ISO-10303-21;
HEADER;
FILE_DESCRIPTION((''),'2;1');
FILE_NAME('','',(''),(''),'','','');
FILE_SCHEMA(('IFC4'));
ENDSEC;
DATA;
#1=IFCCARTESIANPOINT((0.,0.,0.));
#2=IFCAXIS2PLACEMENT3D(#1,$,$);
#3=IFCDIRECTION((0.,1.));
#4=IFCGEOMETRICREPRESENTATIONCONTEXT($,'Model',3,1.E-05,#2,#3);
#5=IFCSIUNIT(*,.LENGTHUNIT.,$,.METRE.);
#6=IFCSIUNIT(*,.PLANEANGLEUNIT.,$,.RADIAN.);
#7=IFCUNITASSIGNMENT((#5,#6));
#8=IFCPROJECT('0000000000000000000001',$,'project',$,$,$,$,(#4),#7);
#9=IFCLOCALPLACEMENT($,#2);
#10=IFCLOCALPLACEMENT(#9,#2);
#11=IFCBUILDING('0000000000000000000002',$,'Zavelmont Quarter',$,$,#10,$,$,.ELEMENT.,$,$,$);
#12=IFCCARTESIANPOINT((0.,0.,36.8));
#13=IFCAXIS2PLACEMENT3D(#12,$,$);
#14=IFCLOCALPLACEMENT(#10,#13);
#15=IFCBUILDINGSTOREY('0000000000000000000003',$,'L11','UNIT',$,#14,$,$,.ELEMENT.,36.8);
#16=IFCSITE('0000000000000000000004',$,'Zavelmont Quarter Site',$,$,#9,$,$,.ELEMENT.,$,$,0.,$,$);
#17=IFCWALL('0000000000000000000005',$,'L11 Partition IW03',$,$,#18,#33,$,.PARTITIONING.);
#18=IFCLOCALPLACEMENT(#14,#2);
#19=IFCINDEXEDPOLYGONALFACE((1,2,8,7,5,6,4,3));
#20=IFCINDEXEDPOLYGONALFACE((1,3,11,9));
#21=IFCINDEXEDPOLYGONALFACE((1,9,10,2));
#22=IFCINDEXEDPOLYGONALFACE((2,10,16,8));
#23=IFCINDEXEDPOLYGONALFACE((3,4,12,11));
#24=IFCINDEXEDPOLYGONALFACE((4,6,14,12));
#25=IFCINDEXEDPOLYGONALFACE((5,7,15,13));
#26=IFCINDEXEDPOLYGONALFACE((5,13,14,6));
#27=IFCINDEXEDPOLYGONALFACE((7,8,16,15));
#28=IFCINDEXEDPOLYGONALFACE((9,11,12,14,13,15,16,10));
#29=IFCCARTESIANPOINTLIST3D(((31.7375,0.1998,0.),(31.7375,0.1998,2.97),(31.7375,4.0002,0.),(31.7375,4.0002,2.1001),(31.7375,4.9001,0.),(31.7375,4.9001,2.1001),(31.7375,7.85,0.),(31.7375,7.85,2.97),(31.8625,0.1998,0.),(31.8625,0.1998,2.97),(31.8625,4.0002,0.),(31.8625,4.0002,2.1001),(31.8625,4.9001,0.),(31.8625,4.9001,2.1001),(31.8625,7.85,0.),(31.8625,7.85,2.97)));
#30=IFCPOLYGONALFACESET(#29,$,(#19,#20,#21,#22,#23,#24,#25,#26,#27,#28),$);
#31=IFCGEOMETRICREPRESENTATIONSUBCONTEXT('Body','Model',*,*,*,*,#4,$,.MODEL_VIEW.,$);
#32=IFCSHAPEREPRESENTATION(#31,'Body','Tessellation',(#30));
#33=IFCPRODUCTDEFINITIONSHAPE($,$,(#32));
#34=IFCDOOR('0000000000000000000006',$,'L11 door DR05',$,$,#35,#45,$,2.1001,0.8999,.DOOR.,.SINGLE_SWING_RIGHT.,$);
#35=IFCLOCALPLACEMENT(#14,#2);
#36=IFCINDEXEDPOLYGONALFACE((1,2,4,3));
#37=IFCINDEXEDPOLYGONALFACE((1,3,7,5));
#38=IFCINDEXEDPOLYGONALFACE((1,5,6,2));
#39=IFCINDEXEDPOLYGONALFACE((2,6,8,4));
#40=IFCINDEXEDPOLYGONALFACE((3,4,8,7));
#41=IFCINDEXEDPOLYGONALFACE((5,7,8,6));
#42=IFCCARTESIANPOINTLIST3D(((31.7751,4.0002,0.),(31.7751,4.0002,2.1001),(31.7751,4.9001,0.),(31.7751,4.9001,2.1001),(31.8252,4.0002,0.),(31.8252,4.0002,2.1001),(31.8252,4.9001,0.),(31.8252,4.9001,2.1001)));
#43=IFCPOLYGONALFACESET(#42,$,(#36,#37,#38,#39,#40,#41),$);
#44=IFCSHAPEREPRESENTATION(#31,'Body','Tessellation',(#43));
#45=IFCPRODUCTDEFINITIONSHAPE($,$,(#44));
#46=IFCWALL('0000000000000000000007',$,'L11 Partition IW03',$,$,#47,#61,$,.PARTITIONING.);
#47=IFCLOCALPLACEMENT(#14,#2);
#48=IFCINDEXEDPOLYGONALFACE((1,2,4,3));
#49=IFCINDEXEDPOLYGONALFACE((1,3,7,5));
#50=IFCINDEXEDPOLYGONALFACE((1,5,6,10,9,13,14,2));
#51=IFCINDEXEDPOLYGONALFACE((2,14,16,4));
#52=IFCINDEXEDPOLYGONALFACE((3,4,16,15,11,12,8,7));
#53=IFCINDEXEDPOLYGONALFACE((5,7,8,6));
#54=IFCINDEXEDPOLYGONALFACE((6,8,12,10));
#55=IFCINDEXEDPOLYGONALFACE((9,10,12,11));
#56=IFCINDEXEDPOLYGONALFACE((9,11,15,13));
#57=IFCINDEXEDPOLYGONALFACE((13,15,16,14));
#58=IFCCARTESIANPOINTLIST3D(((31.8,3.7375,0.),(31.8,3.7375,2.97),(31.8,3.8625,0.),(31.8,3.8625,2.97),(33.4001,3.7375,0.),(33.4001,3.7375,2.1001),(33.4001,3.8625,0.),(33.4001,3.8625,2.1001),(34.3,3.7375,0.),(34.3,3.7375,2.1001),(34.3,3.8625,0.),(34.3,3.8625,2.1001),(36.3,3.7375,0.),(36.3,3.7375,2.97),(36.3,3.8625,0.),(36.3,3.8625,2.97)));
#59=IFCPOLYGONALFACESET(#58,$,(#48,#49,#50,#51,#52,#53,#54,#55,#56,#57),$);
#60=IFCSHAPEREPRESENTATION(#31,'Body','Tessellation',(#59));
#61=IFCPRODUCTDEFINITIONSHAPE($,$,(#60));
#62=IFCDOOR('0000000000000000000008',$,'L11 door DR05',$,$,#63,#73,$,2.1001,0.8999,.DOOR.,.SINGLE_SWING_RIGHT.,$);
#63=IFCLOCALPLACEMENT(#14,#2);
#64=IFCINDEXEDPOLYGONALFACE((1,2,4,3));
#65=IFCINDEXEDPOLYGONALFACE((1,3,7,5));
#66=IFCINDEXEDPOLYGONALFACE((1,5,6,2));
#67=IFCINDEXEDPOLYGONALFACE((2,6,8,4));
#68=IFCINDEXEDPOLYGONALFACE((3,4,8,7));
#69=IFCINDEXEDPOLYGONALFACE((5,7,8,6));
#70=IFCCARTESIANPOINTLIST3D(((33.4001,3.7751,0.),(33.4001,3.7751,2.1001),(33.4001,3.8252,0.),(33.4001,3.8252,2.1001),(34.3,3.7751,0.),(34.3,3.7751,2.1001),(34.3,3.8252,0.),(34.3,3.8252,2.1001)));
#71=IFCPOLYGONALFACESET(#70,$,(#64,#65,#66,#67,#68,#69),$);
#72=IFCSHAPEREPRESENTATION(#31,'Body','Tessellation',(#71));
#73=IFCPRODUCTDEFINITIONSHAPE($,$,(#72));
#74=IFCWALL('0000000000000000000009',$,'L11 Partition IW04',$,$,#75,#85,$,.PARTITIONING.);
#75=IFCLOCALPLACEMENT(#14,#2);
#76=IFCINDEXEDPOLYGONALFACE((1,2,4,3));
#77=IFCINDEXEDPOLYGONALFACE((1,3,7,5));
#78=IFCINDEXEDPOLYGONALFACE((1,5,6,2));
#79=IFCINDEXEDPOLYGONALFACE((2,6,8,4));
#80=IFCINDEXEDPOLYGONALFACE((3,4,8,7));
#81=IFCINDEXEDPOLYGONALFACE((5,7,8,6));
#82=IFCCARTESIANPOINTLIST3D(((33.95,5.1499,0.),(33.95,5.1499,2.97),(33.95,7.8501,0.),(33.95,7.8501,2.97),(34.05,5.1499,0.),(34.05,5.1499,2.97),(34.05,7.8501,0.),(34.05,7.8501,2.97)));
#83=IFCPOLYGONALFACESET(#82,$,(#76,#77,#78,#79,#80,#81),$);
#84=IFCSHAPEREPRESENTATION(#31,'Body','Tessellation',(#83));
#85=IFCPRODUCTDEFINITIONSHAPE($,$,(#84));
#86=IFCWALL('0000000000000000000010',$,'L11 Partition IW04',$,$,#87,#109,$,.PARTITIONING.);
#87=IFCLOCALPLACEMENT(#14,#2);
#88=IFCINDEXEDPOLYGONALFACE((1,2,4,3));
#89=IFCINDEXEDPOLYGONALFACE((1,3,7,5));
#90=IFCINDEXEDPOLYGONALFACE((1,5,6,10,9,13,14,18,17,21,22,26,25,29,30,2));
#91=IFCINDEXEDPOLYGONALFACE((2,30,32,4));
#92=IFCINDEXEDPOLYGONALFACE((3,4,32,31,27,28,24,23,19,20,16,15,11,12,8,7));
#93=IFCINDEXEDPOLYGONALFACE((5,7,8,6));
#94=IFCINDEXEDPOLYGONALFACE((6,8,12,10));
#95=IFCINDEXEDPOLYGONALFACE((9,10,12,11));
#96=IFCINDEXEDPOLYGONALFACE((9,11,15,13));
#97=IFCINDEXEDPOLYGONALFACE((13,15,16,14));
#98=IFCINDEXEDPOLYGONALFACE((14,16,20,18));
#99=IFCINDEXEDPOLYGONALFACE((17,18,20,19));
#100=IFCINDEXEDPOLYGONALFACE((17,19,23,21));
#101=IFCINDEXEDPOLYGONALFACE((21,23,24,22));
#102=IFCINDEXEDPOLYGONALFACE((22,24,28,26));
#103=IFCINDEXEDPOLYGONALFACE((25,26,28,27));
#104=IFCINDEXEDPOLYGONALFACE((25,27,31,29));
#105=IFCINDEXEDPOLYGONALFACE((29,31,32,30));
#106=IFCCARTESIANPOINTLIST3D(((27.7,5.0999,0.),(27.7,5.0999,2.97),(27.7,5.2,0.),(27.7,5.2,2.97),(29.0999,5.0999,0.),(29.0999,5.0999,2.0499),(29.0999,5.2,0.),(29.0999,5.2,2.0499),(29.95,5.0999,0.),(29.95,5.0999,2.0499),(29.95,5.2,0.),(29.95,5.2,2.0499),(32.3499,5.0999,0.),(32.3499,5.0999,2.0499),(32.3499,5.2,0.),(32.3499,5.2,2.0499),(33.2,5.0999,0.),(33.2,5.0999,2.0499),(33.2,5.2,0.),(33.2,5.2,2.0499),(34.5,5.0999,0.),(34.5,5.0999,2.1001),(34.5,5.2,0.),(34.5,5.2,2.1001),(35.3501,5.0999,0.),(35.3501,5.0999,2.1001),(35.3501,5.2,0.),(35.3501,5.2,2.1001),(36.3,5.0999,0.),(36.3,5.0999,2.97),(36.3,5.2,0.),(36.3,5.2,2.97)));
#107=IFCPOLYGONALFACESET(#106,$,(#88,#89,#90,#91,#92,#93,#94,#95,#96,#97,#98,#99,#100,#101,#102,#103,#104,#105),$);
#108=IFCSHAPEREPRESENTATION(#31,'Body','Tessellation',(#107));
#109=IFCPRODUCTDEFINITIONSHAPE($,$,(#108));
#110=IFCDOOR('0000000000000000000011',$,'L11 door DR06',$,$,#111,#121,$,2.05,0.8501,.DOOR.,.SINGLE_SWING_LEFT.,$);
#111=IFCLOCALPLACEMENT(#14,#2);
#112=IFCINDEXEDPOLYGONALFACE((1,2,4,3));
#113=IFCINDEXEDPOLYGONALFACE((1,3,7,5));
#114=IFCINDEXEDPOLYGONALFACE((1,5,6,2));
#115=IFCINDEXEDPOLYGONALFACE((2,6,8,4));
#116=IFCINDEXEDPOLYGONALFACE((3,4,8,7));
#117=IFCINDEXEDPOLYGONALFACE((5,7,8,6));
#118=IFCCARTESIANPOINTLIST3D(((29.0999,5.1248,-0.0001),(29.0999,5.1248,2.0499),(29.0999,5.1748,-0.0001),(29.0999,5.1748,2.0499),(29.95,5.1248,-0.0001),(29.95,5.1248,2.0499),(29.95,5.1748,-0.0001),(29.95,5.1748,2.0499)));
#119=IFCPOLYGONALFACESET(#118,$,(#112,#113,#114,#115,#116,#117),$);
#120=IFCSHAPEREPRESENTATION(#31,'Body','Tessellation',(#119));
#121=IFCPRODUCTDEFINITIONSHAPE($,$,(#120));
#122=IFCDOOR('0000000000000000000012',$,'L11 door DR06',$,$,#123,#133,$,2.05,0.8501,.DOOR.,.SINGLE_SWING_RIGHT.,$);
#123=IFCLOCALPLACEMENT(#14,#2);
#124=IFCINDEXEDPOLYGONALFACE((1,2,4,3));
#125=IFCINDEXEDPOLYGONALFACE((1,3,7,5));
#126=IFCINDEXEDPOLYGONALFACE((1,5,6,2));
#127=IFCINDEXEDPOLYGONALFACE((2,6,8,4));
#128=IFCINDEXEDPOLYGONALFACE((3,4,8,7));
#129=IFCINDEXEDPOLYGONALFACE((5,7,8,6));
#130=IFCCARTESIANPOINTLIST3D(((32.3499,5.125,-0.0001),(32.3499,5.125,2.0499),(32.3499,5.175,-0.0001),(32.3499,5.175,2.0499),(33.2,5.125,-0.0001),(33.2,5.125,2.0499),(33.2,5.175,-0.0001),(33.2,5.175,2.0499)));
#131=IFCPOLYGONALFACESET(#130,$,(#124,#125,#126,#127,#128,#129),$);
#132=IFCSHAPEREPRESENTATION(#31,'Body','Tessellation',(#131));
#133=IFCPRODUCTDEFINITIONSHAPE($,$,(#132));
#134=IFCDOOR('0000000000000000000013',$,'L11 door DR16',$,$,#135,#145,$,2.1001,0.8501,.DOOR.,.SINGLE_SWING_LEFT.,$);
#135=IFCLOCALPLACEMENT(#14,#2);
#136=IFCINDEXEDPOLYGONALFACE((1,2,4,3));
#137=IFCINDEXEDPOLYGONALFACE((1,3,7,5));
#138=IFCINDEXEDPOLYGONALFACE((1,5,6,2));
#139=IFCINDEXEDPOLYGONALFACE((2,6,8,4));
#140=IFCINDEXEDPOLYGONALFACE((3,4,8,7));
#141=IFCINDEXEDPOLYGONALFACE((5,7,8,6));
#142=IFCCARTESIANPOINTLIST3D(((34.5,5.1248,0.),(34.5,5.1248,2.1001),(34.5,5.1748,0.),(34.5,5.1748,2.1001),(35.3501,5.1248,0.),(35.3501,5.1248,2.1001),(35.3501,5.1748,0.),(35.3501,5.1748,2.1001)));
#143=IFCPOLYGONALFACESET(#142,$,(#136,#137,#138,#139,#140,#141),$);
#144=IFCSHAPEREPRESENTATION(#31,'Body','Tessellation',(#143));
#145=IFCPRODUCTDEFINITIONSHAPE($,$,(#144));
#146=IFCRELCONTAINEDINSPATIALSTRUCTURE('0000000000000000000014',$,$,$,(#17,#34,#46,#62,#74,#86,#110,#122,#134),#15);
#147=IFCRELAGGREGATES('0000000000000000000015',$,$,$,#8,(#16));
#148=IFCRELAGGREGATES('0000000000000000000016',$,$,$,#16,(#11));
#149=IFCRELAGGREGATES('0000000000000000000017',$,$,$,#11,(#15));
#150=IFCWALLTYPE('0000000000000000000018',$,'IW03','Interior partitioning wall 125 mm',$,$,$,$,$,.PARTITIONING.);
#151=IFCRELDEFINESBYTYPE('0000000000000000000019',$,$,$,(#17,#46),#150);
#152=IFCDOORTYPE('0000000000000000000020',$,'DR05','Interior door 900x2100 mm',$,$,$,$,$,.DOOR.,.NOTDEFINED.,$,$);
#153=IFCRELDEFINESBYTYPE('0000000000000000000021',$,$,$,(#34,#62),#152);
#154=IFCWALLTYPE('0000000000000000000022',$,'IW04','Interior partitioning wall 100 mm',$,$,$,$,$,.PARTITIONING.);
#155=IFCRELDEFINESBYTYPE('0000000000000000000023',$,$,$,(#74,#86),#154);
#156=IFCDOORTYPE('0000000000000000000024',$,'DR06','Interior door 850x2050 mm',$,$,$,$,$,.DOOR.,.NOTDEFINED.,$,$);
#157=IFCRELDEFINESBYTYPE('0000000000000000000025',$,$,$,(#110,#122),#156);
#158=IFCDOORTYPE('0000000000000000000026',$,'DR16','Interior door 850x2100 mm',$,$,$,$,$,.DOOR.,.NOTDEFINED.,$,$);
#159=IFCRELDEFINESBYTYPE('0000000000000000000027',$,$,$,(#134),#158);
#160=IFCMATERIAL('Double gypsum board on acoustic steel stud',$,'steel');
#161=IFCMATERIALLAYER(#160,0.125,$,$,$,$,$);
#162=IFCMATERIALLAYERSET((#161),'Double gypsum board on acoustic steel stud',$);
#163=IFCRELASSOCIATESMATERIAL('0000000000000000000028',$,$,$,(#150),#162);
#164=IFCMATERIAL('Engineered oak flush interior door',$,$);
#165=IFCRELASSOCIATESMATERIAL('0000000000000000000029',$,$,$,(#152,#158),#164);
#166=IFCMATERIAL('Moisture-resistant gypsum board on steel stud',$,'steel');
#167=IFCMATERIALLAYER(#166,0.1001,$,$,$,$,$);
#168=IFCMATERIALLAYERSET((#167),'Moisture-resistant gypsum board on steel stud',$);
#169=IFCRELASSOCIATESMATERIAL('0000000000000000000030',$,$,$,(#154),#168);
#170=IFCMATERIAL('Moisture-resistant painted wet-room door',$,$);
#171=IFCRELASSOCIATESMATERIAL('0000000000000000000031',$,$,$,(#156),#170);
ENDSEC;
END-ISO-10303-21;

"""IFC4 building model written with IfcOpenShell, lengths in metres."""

from ifc_helpers import new_model, si_unit, direction, frame, frame_2d, origin, origin_with_axes, place, context, subcontext, project, spatial, rectangle, extrude, material, layer, layer_set, type_object, element, fill, save


model = new_model("IFC4")

# Units and contexts
model_context = context("Model", 3, precision=1e-05, world=origin(), true_north=direction((0.0, 1.0)))
body_context = subcontext(model_context, "Body", "Model", "MODEL_VIEW")
ifc_project = project(units=[si_unit("LENGTHUNIT", "METRE"), si_unit("PLANEANGLEUNIT", "RADIAN")], contexts=[model_context])

# Site, building, storey
site_placement = place(None, origin())
site = spatial("IfcSite", under=ifc_project, at=site_placement, Name="Zavelmont Quarter Site", CompositionType="ELEMENT", RefElevation=0.0)
building_placement = place(site_placement, origin())
building = spatial("IfcBuilding", under=site, at=building_placement, Name="Zavelmont Quarter", CompositionType="ELEMENT")
storey_placement = place(building_placement, frame((0.0, 0.0, 36.8)))
storey = spatial("IfcBuildingStorey", under=building, at=storey_placement, Name="L11", Description="UNIT", CompositionType="ELEMENT", Elevation=36.8)

# Walls, openings, doors
ifc_material_1 = material(Name="Double gypsum board on acoustic steel stud", Category="steel")
ifc_layer_1 = layer(ifc_material_1, 0.125)
ifc_layer_set_1 = layer_set([ifc_layer_1], Name="Double gypsum board on acoustic steel stud")
wall_type_1 = type_object("IfcWallType", Name="IW03", Description="Interior partitioning wall 125 mm", PredefinedType="PARTITIONING", material=ifc_layer_set_1)
wall_1_placement = place(storey_placement, frame((31.8, 7.8501, 0.0), z_axis=(0.0, 0.0, 1.0), x_axis=(0.0, -1.0, 0.0)))
wall_1 = element("IfcWall", 1, at=wall_1_placement, inside=storey, type_object=wall_type_1, Name="L11 Partition IW03", PredefinedType="PARTITIONING", context=body_context, shape_type="SweptSolid", body=[
    extrude(rectangle(XDim=7.6501, YDim=0.125, at=frame_2d((3.8252, 0.0))), origin(), (0.0, 0.0, 1.0), 2.97),
])
opening_1_placement = place(wall_1_placement, frame((2.95, 0.0, 0.0)))
opening_1 = element("IfcOpeningElement", 2, at=opening_1_placement, cuts=wall_1, PredefinedType="OPENING", context=body_context, shape_type="SweptSolid", body=[
    extrude(rectangle(XDim=0.8999, YDim=2.1001, at=frame_2d((0.45, 1.05))), frame((0.0, 0.0745, 0.0), z_axis=(0.0, -1.0, 0.0), x_axis=(1.0, 0.0, 0.0)), (0.0, 0.0, 1.0), 0.1489),
])
ifc_material_2 = material(Name="Engineered oak flush interior door")
door_type_1 = type_object("IfcDoorType", Name="DR05", Description="Interior door 900x2100 mm", OperationType="NOTDEFINED", PredefinedType="DOOR", material=ifc_material_2)
door_1_placement = place(opening_1_placement, frame((0.8999, 0.0, 0.0), z_axis=(0.0, 0.0, 1.0), x_axis=(-1.0, 0.0, 0.0)))
door_1 = element("IfcDoor", 3, at=door_1_placement, inside=storey, type_object=door_type_1, Name="L11 door DR05", OperationType="SINGLE_SWING_RIGHT", OverallHeight=2.1001, OverallWidth=0.8999, PredefinedType="DOOR", context=body_context, shape_type="SweptSolid", body=[
    extrude(rectangle(XDim=0.8999, YDim=2.1001, at=frame_2d((0.45, 1.05))), frame((0.0, 0.0249, 0.0), z_axis=(0.0, -1.0, 0.0), x_axis=(1.0, 0.0, 0.0)), (0.0, 0.0, 1.0), 0.05),
])
fill(opening_1, door_1)
wall_2_placement = place(storey_placement, frame((31.8, 3.8, 0.0), z_axis=(0.0, 0.0, 1.0), x_axis=(1.0, 0.0, 0.0)))
wall_2 = element("IfcWall", 4, at=wall_2_placement, inside=storey, type_object=wall_type_1, Name="L11 Partition IW03", PredefinedType="PARTITIONING", context=body_context, shape_type="SweptSolid", body=[
    extrude(rectangle(XDim=4.5, YDim=0.125, at=frame_2d((2.25, 0.0))), origin(), (0.0, 0.0, 1.0), 2.97),
])
opening_2_placement = place(wall_2_placement, frame((1.6001, 0.0, 0.0)))
opening_2 = element("IfcOpeningElement", 5, at=opening_2_placement, cuts=wall_2, PredefinedType="OPENING", context=body_context, shape_type="SweptSolid", body=[
    extrude(rectangle(XDim=0.8999, YDim=2.1001, at=frame_2d((0.45, 1.05))), frame((0.0, 0.0745, 0.0), z_axis=(0.0, -1.0, 0.0), x_axis=(1.0, 0.0, 0.0)), (0.0, 0.0, 1.0), 0.1489),
])
door_2_placement = place(opening_2_placement, frame((0.8999, 0.0, 0.0), z_axis=(0.0, 0.0, 1.0), x_axis=(-1.0, 0.0, 0.0)))
door_2 = element("IfcDoor", 6, at=door_2_placement, inside=storey, type_object=door_type_1, Name="L11 door DR05", OperationType="SINGLE_SWING_RIGHT", OverallHeight=2.1001, OverallWidth=0.8999, PredefinedType="DOOR", context=body_context, shape_type="SweptSolid", body=[
    extrude(rectangle(XDim=0.8999, YDim=2.1001, at=frame_2d((0.45, 1.05))), frame((0.0, 0.0249, 0.0), z_axis=(0.0, -1.0, 0.0), x_axis=(1.0, 0.0, 0.0)), (0.0, 0.0, 1.0), 0.05),
])
fill(opening_2, door_2)

# Wall
ifc_material_3 = material(Name="Moisture-resistant gypsum board on steel stud", Category="steel")
ifc_layer_2 = layer(ifc_material_3, 0.1001)
ifc_layer_set_2 = layer_set([ifc_layer_2], Name="Moisture-resistant gypsum board on steel stud")
wall_type_2 = type_object("IfcWallType", Name="IW04", Description="Interior partitioning wall 100 mm", PredefinedType="PARTITIONING", material=ifc_layer_set_2)
wall_3_placement = place(storey_placement, frame((34.0, 7.8501, 0.0), z_axis=(0.0, 0.0, 1.0), x_axis=(0.0, -1.0, 0.0)))
element("IfcWall", 7, at=wall_3_placement, inside=storey, type_object=wall_type_2, Name="L11 Partition IW04", PredefinedType="PARTITIONING", context=body_context, shape_type="SweptSolid", body=[
    extrude(rectangle(XDim=2.7002, YDim=0.1001, at=frame_2d((1.3501, 0.0))), origin(), (0.0, 0.0, 1.0), 2.97),
])

# Wall, openings, doors
wall_4_placement = place(storey_placement, frame((27.7, 5.1499, 0.0), z_axis=(0.0, 0.0, 1.0), x_axis=(1.0, 0.0, 0.0)))
wall_4 = element("IfcWall", 8, at=wall_4_placement, inside=storey, type_object=wall_type_2, Name="L11 Partition IW04", PredefinedType="PARTITIONING", context=body_context, shape_type="SweptSolid", body=[
    extrude(rectangle(XDim=8.6001, YDim=0.1001, at=frame_2d((4.3, 0.0))), origin(), (0.0, 0.0, 1.0), 2.97),
])
opening_3_placement = place(wall_4_placement, frame((1.3999, 0.0, 0.0)))
opening_3 = element("IfcOpeningElement", 9, at=opening_3_placement, cuts=wall_4, PredefinedType="OPENING", context=body_context, shape_type="SweptSolid", body=[
    extrude(rectangle(XDim=0.8501, YDim=2.05, at=frame_2d((0.425, 1.0249))), frame((0.0, 0.062, 0.0), z_axis=(0.0, -1.0, 0.0), x_axis=(1.0, 0.0, 0.0)), (0.0, 0.0, 1.0), 0.124),
])
opening_4_placement = place(wall_4_placement, frame((4.6499, 0.0, 0.0)))
opening_4 = element("IfcOpeningElement", 10, at=opening_4_placement, cuts=wall_4, PredefinedType="OPENING", context=body_context, shape_type="SweptSolid", body=[
    extrude(rectangle(XDim=0.8501, YDim=2.05, at=frame_2d((0.425, 1.0249))), frame((0.0, 0.062, 0.0), z_axis=(0.0, -1.0, 0.0), x_axis=(1.0, 0.0, 0.0)), (0.0, 0.0, 1.0), 0.124),
])
opening_5_placement = place(wall_4_placement, frame((6.8, 0.0, 0.0)))
opening_5 = element("IfcOpeningElement", 11, at=opening_5_placement, cuts=wall_4, PredefinedType="OPENING", context=body_context, shape_type="SweptSolid", body=[
    extrude(rectangle(XDim=0.8501, YDim=2.1001, at=frame_2d((0.425, 1.05))), frame((0.0, 0.062, 0.0), z_axis=(0.0, -1.0, 0.0), x_axis=(1.0, 0.0, 0.0)), (0.0, 0.0, 1.0), 0.124),
])
ifc_material_4 = material(Name="Moisture-resistant painted wet-room door")
door_type_2 = type_object("IfcDoorType", Name="DR06", Description="Interior door 850x2050 mm", OperationType="NOTDEFINED", PredefinedType="DOOR", material=ifc_material_4)
door_3_placement = place(opening_3_placement, origin_with_axes())
door_3 = element("IfcDoor", 12, at=door_3_placement, inside=storey, type_object=door_type_2, Name="L11 door DR06", OperationType="SINGLE_SWING_LEFT", OverallHeight=2.05, OverallWidth=0.8501, PredefinedType="DOOR", context=body_context, shape_type="SweptSolid", body=[
    extrude(rectangle(XDim=0.8501, YDim=2.05, at=frame_2d((0.425, 1.0249))), frame((0.0, 0.0249, 0.0), z_axis=(0.0, -1.0, 0.0), x_axis=(1.0, 0.0, 0.0)), (0.0, 0.0, 1.0), 0.05),
])
fill(opening_3, door_3)
door_4_placement = place(opening_4_placement, frame((0.8501, 0.0, 0.0), z_axis=(0.0, 0.0, 1.0), x_axis=(-1.0, 0.0, 0.0)))
door_4 = element("IfcDoor", 13, at=door_4_placement, inside=storey, type_object=door_type_2, Name="L11 door DR06", OperationType="SINGLE_SWING_RIGHT", OverallHeight=2.05, OverallWidth=0.8501, PredefinedType="DOOR", context=body_context, shape_type="SweptSolid", body=[
    extrude(rectangle(XDim=0.8501, YDim=2.05, at=frame_2d((0.425, 1.0249))), frame((0.0, 0.0249, 0.0), z_axis=(0.0, -1.0, 0.0), x_axis=(1.0, 0.0, 0.0)), (0.0, 0.0, 1.0), 0.05),
])
fill(opening_4, door_4)
door_type_3 = type_object("IfcDoorType", Name="DR16", Description="Interior door 850x2100 mm", OperationType="NOTDEFINED", PredefinedType="DOOR", material=ifc_material_2)
door_5_placement = place(opening_5_placement, origin_with_axes())
door_5 = element("IfcDoor", 14, at=door_5_placement, inside=storey, type_object=door_type_3, Name="L11 door DR16", OperationType="SINGLE_SWING_LEFT", OverallHeight=2.1001, OverallWidth=0.8501, PredefinedType="DOOR", context=body_context, shape_type="SweptSolid", body=[
    extrude(rectangle(XDim=0.8501, YDim=2.1001, at=frame_2d((0.425, 1.05))), frame((0.0, 0.0249, 0.0), z_axis=(0.0, -1.0, 0.0), x_axis=(1.0, 0.0, 0.0)), (0.0, 0.0, 1.0), 0.05),
])
fill(opening_5, door_5)

save(model, "model.ifc")
